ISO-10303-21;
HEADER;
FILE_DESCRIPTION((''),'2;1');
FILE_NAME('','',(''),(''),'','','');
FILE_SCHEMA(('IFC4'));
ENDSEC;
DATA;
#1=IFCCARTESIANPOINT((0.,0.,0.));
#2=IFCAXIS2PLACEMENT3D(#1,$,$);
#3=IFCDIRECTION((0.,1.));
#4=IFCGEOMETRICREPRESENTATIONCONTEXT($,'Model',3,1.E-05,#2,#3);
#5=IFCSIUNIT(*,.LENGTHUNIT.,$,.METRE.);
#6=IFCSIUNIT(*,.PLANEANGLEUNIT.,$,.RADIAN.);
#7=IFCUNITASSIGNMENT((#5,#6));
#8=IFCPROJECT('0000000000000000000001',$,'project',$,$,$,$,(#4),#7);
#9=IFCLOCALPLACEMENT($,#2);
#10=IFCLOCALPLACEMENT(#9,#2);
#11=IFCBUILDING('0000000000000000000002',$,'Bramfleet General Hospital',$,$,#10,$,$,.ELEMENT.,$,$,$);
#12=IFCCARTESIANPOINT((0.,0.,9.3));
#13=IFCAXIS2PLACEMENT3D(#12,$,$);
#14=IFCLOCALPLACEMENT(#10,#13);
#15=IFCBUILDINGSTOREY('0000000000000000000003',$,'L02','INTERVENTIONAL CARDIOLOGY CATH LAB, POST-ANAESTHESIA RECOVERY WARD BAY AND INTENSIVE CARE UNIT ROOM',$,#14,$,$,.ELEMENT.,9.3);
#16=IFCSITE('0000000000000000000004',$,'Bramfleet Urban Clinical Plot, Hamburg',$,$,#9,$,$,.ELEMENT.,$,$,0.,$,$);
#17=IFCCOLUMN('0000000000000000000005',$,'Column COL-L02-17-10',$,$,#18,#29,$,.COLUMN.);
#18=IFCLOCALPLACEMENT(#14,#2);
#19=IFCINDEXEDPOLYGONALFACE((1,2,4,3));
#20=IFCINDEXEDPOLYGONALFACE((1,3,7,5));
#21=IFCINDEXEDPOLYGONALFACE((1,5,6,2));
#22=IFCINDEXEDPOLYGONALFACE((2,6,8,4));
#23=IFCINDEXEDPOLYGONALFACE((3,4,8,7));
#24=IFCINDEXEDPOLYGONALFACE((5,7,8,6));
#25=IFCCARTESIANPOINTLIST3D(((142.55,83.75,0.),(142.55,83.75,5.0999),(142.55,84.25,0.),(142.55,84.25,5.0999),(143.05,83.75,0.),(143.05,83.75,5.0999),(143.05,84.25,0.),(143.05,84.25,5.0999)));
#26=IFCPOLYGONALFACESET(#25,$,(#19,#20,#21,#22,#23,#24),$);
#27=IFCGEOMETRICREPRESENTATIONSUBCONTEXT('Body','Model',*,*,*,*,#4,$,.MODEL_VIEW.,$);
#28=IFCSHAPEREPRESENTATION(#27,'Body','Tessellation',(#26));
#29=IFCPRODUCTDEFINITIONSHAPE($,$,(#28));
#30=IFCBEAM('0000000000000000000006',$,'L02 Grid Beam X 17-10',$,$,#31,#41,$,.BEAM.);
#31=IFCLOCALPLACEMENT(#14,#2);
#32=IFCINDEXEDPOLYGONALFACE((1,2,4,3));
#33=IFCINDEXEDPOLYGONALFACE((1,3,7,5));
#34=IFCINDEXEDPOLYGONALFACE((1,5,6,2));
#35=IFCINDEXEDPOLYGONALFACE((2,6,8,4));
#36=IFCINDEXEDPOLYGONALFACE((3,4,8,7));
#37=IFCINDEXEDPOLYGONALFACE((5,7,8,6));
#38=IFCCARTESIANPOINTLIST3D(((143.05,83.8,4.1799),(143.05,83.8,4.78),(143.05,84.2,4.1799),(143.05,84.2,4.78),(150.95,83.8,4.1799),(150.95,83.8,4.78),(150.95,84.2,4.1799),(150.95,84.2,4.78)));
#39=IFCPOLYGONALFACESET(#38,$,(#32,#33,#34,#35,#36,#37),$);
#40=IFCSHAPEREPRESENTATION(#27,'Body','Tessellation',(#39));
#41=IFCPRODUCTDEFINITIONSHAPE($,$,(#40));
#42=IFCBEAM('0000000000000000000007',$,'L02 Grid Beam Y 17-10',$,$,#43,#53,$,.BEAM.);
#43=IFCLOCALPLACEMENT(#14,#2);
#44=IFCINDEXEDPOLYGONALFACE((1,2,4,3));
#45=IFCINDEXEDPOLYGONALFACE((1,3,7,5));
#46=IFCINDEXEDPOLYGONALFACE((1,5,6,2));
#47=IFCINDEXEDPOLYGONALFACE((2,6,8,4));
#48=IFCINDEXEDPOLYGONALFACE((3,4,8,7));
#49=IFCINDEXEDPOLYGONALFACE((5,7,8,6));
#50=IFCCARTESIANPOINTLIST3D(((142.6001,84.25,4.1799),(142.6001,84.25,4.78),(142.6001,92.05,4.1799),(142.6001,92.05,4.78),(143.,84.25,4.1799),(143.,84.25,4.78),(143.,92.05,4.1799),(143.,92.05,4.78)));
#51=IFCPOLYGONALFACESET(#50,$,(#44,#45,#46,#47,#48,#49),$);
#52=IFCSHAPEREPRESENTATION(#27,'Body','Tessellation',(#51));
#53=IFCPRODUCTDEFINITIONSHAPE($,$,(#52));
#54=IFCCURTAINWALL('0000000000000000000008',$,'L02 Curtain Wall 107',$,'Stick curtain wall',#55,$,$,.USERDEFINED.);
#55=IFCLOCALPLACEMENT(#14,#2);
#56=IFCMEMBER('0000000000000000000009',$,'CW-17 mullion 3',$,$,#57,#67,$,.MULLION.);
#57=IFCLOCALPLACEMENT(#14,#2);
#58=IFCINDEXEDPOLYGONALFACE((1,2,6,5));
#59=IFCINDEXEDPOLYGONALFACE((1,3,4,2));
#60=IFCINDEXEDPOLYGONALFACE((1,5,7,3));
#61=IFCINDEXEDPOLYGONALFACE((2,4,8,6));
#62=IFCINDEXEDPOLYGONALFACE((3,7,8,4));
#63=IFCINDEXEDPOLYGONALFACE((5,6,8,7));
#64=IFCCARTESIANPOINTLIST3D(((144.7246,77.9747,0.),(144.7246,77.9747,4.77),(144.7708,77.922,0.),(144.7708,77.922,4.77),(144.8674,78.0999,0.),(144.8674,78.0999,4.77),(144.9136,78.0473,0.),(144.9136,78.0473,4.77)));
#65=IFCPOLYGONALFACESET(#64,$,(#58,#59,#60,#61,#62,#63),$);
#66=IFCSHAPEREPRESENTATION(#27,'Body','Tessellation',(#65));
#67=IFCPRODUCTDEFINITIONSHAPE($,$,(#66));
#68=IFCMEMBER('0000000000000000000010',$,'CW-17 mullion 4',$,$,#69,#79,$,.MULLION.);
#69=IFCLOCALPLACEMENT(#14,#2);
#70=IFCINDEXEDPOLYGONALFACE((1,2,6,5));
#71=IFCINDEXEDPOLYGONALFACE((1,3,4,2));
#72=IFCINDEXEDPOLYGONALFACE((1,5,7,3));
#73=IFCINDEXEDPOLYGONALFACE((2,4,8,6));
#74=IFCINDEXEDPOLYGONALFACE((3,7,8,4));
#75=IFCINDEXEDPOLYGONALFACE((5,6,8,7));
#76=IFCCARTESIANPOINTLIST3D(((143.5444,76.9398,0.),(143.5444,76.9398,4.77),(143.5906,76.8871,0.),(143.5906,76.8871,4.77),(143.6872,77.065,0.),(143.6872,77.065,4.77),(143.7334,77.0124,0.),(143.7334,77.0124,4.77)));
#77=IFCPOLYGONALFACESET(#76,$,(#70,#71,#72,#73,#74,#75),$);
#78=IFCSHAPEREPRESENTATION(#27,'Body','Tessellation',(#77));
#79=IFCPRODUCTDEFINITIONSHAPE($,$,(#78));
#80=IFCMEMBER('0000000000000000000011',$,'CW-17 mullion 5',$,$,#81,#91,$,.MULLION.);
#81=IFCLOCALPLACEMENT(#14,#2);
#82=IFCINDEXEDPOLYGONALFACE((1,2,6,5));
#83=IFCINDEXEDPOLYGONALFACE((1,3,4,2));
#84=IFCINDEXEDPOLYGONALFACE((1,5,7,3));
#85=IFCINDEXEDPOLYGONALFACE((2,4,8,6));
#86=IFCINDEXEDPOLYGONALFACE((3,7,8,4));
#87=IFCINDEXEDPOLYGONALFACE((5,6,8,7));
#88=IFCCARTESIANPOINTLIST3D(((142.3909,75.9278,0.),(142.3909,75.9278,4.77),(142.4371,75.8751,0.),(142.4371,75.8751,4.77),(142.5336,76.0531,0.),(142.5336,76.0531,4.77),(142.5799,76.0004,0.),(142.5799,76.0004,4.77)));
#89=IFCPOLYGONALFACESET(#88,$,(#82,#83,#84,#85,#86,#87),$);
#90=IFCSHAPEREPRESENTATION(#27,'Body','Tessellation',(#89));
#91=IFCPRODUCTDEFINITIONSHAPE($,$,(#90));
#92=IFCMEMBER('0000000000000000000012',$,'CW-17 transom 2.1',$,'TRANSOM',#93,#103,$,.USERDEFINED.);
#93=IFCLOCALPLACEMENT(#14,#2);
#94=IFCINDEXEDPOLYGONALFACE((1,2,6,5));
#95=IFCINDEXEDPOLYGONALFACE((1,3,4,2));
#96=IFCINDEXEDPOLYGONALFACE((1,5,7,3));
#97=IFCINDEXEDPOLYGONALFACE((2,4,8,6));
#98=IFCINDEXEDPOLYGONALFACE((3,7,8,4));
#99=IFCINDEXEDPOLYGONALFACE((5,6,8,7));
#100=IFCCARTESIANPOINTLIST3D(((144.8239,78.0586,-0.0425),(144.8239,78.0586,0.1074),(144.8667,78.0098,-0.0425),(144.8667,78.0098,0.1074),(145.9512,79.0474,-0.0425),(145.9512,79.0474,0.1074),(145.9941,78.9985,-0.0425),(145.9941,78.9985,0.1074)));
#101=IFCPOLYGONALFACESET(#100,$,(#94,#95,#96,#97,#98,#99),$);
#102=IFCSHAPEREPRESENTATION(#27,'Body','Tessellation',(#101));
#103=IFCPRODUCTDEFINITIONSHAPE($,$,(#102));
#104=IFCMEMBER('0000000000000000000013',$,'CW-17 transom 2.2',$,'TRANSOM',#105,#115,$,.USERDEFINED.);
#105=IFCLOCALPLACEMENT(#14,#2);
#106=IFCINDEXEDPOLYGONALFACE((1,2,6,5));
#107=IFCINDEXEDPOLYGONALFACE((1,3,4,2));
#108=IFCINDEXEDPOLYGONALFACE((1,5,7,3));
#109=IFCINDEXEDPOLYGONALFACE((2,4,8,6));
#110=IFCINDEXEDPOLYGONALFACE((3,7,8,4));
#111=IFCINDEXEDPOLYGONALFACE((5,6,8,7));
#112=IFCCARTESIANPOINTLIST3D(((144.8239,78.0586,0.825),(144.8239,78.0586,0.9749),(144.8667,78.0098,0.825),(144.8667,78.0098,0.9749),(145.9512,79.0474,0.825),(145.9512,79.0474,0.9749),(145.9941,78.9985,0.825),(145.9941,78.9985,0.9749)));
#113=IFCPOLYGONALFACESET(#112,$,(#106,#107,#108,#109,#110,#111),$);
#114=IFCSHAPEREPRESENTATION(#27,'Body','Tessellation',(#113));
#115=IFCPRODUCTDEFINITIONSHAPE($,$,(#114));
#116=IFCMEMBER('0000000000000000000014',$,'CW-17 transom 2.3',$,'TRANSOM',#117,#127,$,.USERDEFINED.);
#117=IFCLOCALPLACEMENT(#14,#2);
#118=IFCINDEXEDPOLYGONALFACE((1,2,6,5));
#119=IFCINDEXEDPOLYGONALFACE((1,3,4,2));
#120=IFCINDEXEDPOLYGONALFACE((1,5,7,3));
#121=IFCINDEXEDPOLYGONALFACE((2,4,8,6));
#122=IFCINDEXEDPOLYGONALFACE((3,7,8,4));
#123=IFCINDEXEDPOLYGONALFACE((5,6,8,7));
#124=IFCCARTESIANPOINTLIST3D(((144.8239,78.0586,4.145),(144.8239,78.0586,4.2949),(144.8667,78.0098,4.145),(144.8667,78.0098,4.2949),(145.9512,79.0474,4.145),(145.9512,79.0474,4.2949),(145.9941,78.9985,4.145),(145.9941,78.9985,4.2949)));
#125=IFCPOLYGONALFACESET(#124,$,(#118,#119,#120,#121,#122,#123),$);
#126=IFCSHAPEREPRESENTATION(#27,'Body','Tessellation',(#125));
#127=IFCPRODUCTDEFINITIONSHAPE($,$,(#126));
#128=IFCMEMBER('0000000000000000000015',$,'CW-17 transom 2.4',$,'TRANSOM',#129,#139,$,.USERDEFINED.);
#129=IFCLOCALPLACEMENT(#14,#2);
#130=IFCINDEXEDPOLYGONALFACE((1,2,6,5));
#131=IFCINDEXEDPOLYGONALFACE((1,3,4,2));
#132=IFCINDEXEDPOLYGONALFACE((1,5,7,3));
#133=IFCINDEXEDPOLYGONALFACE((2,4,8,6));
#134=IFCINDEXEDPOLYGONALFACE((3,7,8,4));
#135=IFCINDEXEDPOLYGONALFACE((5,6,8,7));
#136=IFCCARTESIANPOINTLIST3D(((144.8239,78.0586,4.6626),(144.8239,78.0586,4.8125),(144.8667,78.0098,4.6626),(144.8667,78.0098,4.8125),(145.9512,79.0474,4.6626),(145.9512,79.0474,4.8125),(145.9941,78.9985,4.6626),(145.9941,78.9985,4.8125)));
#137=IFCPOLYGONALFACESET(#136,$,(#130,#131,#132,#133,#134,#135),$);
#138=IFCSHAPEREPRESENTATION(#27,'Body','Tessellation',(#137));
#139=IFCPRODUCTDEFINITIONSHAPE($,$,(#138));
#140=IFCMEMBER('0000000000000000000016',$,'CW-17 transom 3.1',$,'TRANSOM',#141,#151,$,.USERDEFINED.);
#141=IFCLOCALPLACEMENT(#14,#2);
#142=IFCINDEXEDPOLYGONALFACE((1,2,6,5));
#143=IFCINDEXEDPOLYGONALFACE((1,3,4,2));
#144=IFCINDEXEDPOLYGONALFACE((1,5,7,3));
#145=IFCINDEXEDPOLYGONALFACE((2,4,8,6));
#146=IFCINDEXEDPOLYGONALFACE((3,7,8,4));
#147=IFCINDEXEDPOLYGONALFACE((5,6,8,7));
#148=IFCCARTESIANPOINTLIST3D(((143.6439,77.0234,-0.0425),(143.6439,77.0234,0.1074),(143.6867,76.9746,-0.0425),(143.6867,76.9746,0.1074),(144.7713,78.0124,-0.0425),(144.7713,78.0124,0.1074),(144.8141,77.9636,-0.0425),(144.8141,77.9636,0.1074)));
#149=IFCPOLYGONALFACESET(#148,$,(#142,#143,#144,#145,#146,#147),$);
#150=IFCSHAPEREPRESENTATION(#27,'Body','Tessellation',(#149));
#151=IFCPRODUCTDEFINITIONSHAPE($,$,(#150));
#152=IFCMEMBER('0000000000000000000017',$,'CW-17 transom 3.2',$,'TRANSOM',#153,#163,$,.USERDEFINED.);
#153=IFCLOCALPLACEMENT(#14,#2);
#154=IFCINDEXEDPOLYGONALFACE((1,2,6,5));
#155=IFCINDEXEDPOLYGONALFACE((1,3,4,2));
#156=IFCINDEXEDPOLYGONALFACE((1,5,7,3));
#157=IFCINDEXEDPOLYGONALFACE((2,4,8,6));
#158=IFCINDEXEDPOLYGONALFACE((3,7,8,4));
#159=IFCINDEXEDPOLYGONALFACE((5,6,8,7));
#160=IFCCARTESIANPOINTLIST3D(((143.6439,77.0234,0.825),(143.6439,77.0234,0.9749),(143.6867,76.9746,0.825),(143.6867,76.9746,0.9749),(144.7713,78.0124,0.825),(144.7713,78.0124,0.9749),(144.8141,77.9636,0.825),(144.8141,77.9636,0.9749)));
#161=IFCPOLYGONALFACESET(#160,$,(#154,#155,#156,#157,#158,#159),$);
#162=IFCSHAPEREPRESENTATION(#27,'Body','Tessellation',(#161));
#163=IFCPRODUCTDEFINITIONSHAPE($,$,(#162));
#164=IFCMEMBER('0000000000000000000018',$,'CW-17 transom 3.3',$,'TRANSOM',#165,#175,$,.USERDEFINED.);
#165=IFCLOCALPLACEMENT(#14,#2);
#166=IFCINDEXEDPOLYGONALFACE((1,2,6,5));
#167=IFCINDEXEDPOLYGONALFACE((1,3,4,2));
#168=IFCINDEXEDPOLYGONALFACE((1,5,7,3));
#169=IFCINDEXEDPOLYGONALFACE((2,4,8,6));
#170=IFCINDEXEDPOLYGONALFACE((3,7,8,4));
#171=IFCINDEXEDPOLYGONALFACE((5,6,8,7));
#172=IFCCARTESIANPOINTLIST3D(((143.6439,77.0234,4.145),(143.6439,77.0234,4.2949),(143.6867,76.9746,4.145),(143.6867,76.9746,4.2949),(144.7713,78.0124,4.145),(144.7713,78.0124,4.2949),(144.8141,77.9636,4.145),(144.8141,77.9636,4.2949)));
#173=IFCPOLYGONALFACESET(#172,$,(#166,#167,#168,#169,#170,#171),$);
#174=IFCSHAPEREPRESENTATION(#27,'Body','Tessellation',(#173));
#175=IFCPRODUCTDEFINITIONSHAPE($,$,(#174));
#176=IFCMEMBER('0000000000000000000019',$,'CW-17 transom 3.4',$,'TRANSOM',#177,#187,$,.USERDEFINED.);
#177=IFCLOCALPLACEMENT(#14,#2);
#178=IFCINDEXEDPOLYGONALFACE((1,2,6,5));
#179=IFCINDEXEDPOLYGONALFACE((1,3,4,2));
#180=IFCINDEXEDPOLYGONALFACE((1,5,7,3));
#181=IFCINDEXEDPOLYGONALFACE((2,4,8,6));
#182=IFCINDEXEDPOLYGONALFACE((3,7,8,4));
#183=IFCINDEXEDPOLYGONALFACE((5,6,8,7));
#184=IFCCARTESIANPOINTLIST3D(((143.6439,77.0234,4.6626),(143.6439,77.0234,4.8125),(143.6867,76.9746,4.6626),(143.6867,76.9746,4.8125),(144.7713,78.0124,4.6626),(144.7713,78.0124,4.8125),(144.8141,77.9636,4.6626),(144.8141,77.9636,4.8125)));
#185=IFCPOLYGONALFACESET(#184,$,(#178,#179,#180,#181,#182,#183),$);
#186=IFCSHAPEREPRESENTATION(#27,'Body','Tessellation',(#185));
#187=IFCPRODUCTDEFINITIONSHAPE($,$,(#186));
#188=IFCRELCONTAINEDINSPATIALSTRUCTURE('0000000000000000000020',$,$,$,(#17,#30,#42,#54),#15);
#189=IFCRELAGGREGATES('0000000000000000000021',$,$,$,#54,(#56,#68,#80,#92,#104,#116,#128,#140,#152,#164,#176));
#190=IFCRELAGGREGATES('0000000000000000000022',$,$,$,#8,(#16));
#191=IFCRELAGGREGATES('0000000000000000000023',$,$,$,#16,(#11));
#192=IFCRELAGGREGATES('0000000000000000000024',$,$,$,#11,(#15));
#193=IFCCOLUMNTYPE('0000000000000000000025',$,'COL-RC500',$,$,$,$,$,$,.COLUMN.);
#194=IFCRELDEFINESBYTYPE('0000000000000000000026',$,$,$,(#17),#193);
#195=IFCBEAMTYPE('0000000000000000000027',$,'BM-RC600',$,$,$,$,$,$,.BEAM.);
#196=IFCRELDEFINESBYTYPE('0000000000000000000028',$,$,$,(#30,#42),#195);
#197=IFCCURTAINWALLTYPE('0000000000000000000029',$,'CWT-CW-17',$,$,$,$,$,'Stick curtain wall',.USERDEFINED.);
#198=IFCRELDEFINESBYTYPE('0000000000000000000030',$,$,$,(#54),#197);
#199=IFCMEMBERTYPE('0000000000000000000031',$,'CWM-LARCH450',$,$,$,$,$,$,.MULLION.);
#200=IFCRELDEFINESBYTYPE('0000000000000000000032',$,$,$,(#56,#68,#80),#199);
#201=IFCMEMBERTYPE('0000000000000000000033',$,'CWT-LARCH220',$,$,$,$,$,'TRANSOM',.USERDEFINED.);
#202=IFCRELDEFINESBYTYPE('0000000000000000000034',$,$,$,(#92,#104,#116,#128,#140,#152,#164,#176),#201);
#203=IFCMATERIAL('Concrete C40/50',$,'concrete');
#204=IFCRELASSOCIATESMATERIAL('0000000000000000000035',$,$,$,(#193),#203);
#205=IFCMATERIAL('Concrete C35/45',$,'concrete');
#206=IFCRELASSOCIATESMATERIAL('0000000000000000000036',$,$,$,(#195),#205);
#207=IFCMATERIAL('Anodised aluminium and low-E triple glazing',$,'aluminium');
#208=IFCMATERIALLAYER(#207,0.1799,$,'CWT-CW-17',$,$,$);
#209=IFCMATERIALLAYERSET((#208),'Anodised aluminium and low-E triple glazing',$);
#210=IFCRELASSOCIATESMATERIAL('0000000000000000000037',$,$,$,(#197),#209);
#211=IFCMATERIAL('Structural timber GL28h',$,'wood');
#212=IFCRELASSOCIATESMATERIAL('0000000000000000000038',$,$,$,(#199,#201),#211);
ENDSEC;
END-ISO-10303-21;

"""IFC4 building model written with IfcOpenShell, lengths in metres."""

from ifc_helpers import new_model, si_unit, direction, frame, origin, origin_2d, place, context, subcontext, project, spatial, rectangle, extrude, material, layer, layer_set, material_profile, profile_set, type_object, element, aggregate, save


model = new_model("IFC4")

# Units and contexts
model_context = context("Model", 3, precision=1e-05, world=origin(), true_north=direction((0.0, 1.0)))
body_context = subcontext(model_context, "Body", "Model", "MODEL_VIEW")
ifc_project = project(units=[si_unit("LENGTHUNIT", "METRE"), si_unit("PLANEANGLEUNIT", "RADIAN")], contexts=[model_context])

# Site, building, storey
site_placement = place(None, origin())
site = spatial("IfcSite", under=ifc_project, at=site_placement, Name="Bramfleet Urban Clinical Plot, Hamburg", CompositionType="ELEMENT", RefElevation=0.0)
building_placement = place(site_placement, origin())
building = spatial("IfcBuilding", under=site, at=building_placement, Name="Bramfleet General Hospital", CompositionType="ELEMENT")
storey_placement = place(building_placement, frame((0.0, 0.0, 9.3)))
storey = spatial("IfcBuildingStorey", under=building, at=storey_placement, Name="L02", Description="INTERVENTIONAL CARDIOLOGY CATH LAB, POST-ANAESTHESIA RECOVERY WARD BAY AND INTENSIVE CARE UNIT ROOM", CompositionType="ELEMENT", Elevation=9.3)

# Column
ifc_material_1 = material(Name="Concrete C40/50", Category="concrete")
ifc_material_profile_1 = material_profile(ifc_material_1, rectangle(XDim=0.5, YDim=0.5, at=origin_2d()), Name="RC COL 500x500")
ifc_profile_set_1 = profile_set([ifc_material_profile_1], Name="Concrete C40/50")
column_type = type_object("IfcColumnType", Name="COL-RC500", PredefinedType="COLUMN", material=ifc_profile_set_1)
column_placement = place(storey_placement, frame((142.8, 84.0, 0.0), z_axis=(0.0, 0.0, 1.0), x_axis=(1.0, 0.0, 0.0)))
element("IfcColumn", 1, at=column_placement, inside=storey, type_object=column_type, Name="Column COL-L02-17-10", PredefinedType="COLUMN", context=body_context, shape_type="SweptSolid", body=[
    extrude(rectangle(XDim=0.5, YDim=0.5, at=origin_2d()), origin(), (0.0, 0.0, 1.0), 5.0999),
])

# Beams
ifc_material_2 = material(Name="Concrete C35/45", Category="concrete")
ifc_material_profile_2 = material_profile(ifc_material_2, rectangle(XDim=0.3999, YDim=0.6001, at=origin_2d()), Name="RC BM 600x400")
ifc_profile_set_2 = profile_set([ifc_material_profile_2], Name="Concrete C35/45")
beam_type = type_object("IfcBeamType", Name="BM-RC600", PredefinedType="BEAM", material=ifc_profile_set_2)
beam_1_placement = place(storey_placement, frame((143.05, 84.0, 4.48), z_axis=(1.0, 0.0, 0.0), x_axis=(0.0, 1.0, 0.0)))
element("IfcBeam", 2, at=beam_1_placement, inside=storey, type_object=beam_type, Name="L02 Grid Beam X 17-10", PredefinedType="BEAM", context=body_context, shape_type="SweptSolid", body=[
    extrude(rectangle(XDim=0.3999, YDim=0.6001, at=origin_2d()), origin(), (0.0, 0.0, 1.0), 7.8999),
])
beam_2_placement = place(storey_placement, frame((142.8, 84.25, 4.48), z_axis=(0.0, 1.0, 0.0), x_axis=(-1.0, 0.0, 0.0)))
element("IfcBeam", 3, at=beam_2_placement, inside=storey, type_object=beam_type, Name="L02 Grid Beam Y 17-10", PredefinedType="BEAM", context=body_context, shape_type="SweptSolid", body=[
    extrude(rectangle(XDim=0.3999, YDim=0.6001, at=origin_2d()), origin(), (0.0, 0.0, 1.0), 7.8),
])

# Curtain wall, members
ifc_material_3 = material(Name="Anodised aluminium and low-E triple glazing", Category="aluminium")
ifc_layer_1 = layer(ifc_material_3, 0.1799, Name="CWT-CW-17")
ifc_layer_set_1 = layer_set([ifc_layer_1], Name="Anodised aluminium and low-E triple glazing")
curtain_wall_type = type_object("IfcCurtainWallType", Name="CWT-CW-17", ElementType="Stick curtain wall", PredefinedType="USERDEFINED", material=ifc_layer_set_1)
curtain_wall_placement = place(storey_placement, origin())
curtain_wall = element("IfcCurtainWall", 4, at=curtain_wall_placement, inside=storey, type_object=curtain_wall_type, Name="L02 Curtain Wall 107", ObjectType="Stick curtain wall", PredefinedType="USERDEFINED")
ifc_material_4 = material(Name="Structural timber GL28h", Category="wood")
ifc_material_profile_3 = material_profile(ifc_material_4, rectangle(XDim=0.0701, YDim=0.1899, at=origin_2d()), Name="LARCH 190x70")
ifc_profile_set_3 = profile_set([ifc_material_profile_3], Name="Structural timber GL28h")
member_type_1 = type_object("IfcMemberType", Name="CWM-LARCH450", PredefinedType="MULLION", material=ifc_profile_set_3)
member_1_placement = place(storey_placement, frame((144.8191, 78.011, 0.0), z_axis=(0.0, 0.0, 1.0), x_axis=(0.659406, -0.751787, 0.0)))
member_1 = element("IfcMember", 5, at=member_1_placement, type_object=member_type_1, Name="CW-17 mullion 3", PredefinedType="MULLION", context=body_context, shape_type="SweptSolid", body=[
    extrude(rectangle(XDim=0.0701, YDim=0.1899, at=origin_2d()), origin(), (0.0, 0.0, 1.0), 4.77),
])
member_2_placement = place(storey_placement, frame((143.6389, 76.9761, 0.0), z_axis=(0.0, 0.0, 1.0), x_axis=(0.659406, -0.751787, 0.0)))
member_2 = element("IfcMember", 6, at=member_2_placement, type_object=member_type_1, Name="CW-17 mullion 4", PredefinedType="MULLION", context=body_context, shape_type="SweptSolid", body=[
    extrude(rectangle(XDim=0.0701, YDim=0.1899, at=origin_2d()), origin(), (0.0, 0.0, 1.0), 4.77),
])
member_3_placement = place(storey_placement, frame((142.4854, 75.9641, 0.0), z_axis=(0.0, 0.0, 1.0), x_axis=(0.659406, -0.751787, 0.0)))
member_3 = element("IfcMember", 7, at=member_3_placement, type_object=member_type_1, Name="CW-17 mullion 5", PredefinedType="MULLION", context=body_context, shape_type="SweptSolid", body=[
    extrude(rectangle(XDim=0.0701, YDim=0.1899, at=origin_2d()), origin(), (0.0, 0.0, 1.0), 4.77),
])
ifc_material_profile_4 = material_profile(ifc_material_4, rectangle(XDim=0.0649, YDim=0.1499, at=origin_2d()), Name="LARCH 150x65")
ifc_profile_set_4 = profile_set([ifc_material_profile_4], Name="Structural timber GL28h")
member_type_2 = type_object("IfcMemberType", Name="CWT-LARCH220", ElementType="TRANSOM", PredefinedType="USERDEFINED", material=ifc_profile_set_4)
member_4_placement = place(storey_placement, frame((145.9727, 79.0229, 0.0325), z_axis=(-0.75183, -0.659357, 0.0), x_axis=(0.659357, -0.75183, 0.0)))
member_4 = element("IfcMember", 8, at=member_4_placement, type_object=member_type_2, Name="CW-17 transom 2.1", ObjectType="TRANSOM", PredefinedType="USERDEFINED", context=body_context, shape_type="SweptSolid", body=[
    extrude(rectangle(XDim=0.0649, YDim=0.1499, at=origin_2d()), origin(), (0.0, 0.0, 1.0), 1.4995),
])
member_5_placement = place(storey_placement, frame((145.9727, 79.0229, 0.8999), z_axis=(-0.75183, -0.659357, 0.0), x_axis=(0.659357, -0.75183, 0.0)))
member_5 = element("IfcMember", 9, at=member_5_placement, type_object=member_type_2, Name="CW-17 transom 2.2", ObjectType="TRANSOM", PredefinedType="USERDEFINED", context=body_context, shape_type="SweptSolid", body=[
    extrude(rectangle(XDim=0.0649, YDim=0.1499, at=origin_2d()), origin(), (0.0, 0.0, 1.0), 1.4995),
])
member_6_placement = place(storey_placement, frame((145.9727, 79.0229, 4.22), z_axis=(-0.75183, -0.659357, 0.0), x_axis=(0.659357, -0.75183, 0.0)))
member_6 = element("IfcMember", 10, at=member_6_placement, type_object=member_type_2, Name="CW-17 transom 2.3", ObjectType="TRANSOM", PredefinedType="USERDEFINED", context=body_context, shape_type="SweptSolid", body=[
    extrude(rectangle(XDim=0.0649, YDim=0.1499, at=origin_2d()), origin(), (0.0, 0.0, 1.0), 1.4995),
])
member_7_placement = place(storey_placement, frame((145.9727, 79.0229, 4.7375), z_axis=(-0.75183, -0.659357, 0.0), x_axis=(0.659357, -0.75183, 0.0)))
member_7 = element("IfcMember", 11, at=member_7_placement, type_object=member_type_2, Name="CW-17 transom 2.4", ObjectType="TRANSOM", PredefinedType="USERDEFINED", context=body_context, shape_type="SweptSolid", body=[
    extrude(rectangle(XDim=0.0649, YDim=0.1499, at=origin_2d()), origin(), (0.0, 0.0, 1.0), 1.4995),
])
member_8_placement = place(storey_placement, frame((144.7927, 77.988, 0.0325), z_axis=(-0.751749, -0.659449, 0.0), x_axis=(0.659449, -0.751749, 0.0)))
member_8 = element("IfcMember", 12, at=member_8_placement, type_object=member_type_2, Name="CW-17 transom 3.1", ObjectType="TRANSOM", PredefinedType="USERDEFINED", context=body_context, shape_type="SweptSolid", body=[
    extrude(rectangle(XDim=0.0649, YDim=0.1499, at=origin_2d()), origin(), (0.0, 0.0, 1.0), 1.4998),
])
member_9_placement = place(storey_placement, frame((144.7927, 77.988, 0.8999), z_axis=(-0.751749, -0.659449, 0.0), x_axis=(0.659449, -0.751749, 0.0)))
member_9 = element("IfcMember", 13, at=member_9_placement, type_object=member_type_2, Name="CW-17 transom 3.2", ObjectType="TRANSOM", PredefinedType="USERDEFINED", context=body_context, shape_type="SweptSolid", body=[
    extrude(rectangle(XDim=0.0649, YDim=0.1499, at=origin_2d()), origin(), (0.0, 0.0, 1.0), 1.4998),
])
member_10_placement = place(storey_placement, frame((144.7927, 77.988, 4.22), z_axis=(-0.751749, -0.659449, 0.0), x_axis=(0.659449, -0.751749, 0.0)))
member_10 = element("IfcMember", 14, at=member_10_placement, type_object=member_type_2, Name="CW-17 transom 3.3", ObjectType="TRANSOM", PredefinedType="USERDEFINED", context=body_context, shape_type="SweptSolid", body=[
    extrude(rectangle(XDim=0.0649, YDim=0.1499, at=origin_2d()), origin(), (0.0, 0.0, 1.0), 1.4998),
])
member_11_placement = place(storey_placement, frame((144.7927, 77.988, 4.7375), z_axis=(-0.751749, -0.659449, 0.0), x_axis=(0.659449, -0.751749, 0.0)))
member_11 = element("IfcMember", 15, at=member_11_placement, type_object=member_type_2, Name="CW-17 transom 3.4", ObjectType="TRANSOM", PredefinedType="USERDEFINED", context=body_context, shape_type="SweptSolid", body=[
    extrude(rectangle(XDim=0.0649, YDim=0.1499, at=origin_2d()), origin(), (0.0, 0.0, 1.0), 1.4998),
])
aggregate(curtain_wall, [member_1, member_2, member_3, member_4, member_5, member_6, member_7, member_8, member_9, member_10, member_11])

save(model, "model.ifc")
